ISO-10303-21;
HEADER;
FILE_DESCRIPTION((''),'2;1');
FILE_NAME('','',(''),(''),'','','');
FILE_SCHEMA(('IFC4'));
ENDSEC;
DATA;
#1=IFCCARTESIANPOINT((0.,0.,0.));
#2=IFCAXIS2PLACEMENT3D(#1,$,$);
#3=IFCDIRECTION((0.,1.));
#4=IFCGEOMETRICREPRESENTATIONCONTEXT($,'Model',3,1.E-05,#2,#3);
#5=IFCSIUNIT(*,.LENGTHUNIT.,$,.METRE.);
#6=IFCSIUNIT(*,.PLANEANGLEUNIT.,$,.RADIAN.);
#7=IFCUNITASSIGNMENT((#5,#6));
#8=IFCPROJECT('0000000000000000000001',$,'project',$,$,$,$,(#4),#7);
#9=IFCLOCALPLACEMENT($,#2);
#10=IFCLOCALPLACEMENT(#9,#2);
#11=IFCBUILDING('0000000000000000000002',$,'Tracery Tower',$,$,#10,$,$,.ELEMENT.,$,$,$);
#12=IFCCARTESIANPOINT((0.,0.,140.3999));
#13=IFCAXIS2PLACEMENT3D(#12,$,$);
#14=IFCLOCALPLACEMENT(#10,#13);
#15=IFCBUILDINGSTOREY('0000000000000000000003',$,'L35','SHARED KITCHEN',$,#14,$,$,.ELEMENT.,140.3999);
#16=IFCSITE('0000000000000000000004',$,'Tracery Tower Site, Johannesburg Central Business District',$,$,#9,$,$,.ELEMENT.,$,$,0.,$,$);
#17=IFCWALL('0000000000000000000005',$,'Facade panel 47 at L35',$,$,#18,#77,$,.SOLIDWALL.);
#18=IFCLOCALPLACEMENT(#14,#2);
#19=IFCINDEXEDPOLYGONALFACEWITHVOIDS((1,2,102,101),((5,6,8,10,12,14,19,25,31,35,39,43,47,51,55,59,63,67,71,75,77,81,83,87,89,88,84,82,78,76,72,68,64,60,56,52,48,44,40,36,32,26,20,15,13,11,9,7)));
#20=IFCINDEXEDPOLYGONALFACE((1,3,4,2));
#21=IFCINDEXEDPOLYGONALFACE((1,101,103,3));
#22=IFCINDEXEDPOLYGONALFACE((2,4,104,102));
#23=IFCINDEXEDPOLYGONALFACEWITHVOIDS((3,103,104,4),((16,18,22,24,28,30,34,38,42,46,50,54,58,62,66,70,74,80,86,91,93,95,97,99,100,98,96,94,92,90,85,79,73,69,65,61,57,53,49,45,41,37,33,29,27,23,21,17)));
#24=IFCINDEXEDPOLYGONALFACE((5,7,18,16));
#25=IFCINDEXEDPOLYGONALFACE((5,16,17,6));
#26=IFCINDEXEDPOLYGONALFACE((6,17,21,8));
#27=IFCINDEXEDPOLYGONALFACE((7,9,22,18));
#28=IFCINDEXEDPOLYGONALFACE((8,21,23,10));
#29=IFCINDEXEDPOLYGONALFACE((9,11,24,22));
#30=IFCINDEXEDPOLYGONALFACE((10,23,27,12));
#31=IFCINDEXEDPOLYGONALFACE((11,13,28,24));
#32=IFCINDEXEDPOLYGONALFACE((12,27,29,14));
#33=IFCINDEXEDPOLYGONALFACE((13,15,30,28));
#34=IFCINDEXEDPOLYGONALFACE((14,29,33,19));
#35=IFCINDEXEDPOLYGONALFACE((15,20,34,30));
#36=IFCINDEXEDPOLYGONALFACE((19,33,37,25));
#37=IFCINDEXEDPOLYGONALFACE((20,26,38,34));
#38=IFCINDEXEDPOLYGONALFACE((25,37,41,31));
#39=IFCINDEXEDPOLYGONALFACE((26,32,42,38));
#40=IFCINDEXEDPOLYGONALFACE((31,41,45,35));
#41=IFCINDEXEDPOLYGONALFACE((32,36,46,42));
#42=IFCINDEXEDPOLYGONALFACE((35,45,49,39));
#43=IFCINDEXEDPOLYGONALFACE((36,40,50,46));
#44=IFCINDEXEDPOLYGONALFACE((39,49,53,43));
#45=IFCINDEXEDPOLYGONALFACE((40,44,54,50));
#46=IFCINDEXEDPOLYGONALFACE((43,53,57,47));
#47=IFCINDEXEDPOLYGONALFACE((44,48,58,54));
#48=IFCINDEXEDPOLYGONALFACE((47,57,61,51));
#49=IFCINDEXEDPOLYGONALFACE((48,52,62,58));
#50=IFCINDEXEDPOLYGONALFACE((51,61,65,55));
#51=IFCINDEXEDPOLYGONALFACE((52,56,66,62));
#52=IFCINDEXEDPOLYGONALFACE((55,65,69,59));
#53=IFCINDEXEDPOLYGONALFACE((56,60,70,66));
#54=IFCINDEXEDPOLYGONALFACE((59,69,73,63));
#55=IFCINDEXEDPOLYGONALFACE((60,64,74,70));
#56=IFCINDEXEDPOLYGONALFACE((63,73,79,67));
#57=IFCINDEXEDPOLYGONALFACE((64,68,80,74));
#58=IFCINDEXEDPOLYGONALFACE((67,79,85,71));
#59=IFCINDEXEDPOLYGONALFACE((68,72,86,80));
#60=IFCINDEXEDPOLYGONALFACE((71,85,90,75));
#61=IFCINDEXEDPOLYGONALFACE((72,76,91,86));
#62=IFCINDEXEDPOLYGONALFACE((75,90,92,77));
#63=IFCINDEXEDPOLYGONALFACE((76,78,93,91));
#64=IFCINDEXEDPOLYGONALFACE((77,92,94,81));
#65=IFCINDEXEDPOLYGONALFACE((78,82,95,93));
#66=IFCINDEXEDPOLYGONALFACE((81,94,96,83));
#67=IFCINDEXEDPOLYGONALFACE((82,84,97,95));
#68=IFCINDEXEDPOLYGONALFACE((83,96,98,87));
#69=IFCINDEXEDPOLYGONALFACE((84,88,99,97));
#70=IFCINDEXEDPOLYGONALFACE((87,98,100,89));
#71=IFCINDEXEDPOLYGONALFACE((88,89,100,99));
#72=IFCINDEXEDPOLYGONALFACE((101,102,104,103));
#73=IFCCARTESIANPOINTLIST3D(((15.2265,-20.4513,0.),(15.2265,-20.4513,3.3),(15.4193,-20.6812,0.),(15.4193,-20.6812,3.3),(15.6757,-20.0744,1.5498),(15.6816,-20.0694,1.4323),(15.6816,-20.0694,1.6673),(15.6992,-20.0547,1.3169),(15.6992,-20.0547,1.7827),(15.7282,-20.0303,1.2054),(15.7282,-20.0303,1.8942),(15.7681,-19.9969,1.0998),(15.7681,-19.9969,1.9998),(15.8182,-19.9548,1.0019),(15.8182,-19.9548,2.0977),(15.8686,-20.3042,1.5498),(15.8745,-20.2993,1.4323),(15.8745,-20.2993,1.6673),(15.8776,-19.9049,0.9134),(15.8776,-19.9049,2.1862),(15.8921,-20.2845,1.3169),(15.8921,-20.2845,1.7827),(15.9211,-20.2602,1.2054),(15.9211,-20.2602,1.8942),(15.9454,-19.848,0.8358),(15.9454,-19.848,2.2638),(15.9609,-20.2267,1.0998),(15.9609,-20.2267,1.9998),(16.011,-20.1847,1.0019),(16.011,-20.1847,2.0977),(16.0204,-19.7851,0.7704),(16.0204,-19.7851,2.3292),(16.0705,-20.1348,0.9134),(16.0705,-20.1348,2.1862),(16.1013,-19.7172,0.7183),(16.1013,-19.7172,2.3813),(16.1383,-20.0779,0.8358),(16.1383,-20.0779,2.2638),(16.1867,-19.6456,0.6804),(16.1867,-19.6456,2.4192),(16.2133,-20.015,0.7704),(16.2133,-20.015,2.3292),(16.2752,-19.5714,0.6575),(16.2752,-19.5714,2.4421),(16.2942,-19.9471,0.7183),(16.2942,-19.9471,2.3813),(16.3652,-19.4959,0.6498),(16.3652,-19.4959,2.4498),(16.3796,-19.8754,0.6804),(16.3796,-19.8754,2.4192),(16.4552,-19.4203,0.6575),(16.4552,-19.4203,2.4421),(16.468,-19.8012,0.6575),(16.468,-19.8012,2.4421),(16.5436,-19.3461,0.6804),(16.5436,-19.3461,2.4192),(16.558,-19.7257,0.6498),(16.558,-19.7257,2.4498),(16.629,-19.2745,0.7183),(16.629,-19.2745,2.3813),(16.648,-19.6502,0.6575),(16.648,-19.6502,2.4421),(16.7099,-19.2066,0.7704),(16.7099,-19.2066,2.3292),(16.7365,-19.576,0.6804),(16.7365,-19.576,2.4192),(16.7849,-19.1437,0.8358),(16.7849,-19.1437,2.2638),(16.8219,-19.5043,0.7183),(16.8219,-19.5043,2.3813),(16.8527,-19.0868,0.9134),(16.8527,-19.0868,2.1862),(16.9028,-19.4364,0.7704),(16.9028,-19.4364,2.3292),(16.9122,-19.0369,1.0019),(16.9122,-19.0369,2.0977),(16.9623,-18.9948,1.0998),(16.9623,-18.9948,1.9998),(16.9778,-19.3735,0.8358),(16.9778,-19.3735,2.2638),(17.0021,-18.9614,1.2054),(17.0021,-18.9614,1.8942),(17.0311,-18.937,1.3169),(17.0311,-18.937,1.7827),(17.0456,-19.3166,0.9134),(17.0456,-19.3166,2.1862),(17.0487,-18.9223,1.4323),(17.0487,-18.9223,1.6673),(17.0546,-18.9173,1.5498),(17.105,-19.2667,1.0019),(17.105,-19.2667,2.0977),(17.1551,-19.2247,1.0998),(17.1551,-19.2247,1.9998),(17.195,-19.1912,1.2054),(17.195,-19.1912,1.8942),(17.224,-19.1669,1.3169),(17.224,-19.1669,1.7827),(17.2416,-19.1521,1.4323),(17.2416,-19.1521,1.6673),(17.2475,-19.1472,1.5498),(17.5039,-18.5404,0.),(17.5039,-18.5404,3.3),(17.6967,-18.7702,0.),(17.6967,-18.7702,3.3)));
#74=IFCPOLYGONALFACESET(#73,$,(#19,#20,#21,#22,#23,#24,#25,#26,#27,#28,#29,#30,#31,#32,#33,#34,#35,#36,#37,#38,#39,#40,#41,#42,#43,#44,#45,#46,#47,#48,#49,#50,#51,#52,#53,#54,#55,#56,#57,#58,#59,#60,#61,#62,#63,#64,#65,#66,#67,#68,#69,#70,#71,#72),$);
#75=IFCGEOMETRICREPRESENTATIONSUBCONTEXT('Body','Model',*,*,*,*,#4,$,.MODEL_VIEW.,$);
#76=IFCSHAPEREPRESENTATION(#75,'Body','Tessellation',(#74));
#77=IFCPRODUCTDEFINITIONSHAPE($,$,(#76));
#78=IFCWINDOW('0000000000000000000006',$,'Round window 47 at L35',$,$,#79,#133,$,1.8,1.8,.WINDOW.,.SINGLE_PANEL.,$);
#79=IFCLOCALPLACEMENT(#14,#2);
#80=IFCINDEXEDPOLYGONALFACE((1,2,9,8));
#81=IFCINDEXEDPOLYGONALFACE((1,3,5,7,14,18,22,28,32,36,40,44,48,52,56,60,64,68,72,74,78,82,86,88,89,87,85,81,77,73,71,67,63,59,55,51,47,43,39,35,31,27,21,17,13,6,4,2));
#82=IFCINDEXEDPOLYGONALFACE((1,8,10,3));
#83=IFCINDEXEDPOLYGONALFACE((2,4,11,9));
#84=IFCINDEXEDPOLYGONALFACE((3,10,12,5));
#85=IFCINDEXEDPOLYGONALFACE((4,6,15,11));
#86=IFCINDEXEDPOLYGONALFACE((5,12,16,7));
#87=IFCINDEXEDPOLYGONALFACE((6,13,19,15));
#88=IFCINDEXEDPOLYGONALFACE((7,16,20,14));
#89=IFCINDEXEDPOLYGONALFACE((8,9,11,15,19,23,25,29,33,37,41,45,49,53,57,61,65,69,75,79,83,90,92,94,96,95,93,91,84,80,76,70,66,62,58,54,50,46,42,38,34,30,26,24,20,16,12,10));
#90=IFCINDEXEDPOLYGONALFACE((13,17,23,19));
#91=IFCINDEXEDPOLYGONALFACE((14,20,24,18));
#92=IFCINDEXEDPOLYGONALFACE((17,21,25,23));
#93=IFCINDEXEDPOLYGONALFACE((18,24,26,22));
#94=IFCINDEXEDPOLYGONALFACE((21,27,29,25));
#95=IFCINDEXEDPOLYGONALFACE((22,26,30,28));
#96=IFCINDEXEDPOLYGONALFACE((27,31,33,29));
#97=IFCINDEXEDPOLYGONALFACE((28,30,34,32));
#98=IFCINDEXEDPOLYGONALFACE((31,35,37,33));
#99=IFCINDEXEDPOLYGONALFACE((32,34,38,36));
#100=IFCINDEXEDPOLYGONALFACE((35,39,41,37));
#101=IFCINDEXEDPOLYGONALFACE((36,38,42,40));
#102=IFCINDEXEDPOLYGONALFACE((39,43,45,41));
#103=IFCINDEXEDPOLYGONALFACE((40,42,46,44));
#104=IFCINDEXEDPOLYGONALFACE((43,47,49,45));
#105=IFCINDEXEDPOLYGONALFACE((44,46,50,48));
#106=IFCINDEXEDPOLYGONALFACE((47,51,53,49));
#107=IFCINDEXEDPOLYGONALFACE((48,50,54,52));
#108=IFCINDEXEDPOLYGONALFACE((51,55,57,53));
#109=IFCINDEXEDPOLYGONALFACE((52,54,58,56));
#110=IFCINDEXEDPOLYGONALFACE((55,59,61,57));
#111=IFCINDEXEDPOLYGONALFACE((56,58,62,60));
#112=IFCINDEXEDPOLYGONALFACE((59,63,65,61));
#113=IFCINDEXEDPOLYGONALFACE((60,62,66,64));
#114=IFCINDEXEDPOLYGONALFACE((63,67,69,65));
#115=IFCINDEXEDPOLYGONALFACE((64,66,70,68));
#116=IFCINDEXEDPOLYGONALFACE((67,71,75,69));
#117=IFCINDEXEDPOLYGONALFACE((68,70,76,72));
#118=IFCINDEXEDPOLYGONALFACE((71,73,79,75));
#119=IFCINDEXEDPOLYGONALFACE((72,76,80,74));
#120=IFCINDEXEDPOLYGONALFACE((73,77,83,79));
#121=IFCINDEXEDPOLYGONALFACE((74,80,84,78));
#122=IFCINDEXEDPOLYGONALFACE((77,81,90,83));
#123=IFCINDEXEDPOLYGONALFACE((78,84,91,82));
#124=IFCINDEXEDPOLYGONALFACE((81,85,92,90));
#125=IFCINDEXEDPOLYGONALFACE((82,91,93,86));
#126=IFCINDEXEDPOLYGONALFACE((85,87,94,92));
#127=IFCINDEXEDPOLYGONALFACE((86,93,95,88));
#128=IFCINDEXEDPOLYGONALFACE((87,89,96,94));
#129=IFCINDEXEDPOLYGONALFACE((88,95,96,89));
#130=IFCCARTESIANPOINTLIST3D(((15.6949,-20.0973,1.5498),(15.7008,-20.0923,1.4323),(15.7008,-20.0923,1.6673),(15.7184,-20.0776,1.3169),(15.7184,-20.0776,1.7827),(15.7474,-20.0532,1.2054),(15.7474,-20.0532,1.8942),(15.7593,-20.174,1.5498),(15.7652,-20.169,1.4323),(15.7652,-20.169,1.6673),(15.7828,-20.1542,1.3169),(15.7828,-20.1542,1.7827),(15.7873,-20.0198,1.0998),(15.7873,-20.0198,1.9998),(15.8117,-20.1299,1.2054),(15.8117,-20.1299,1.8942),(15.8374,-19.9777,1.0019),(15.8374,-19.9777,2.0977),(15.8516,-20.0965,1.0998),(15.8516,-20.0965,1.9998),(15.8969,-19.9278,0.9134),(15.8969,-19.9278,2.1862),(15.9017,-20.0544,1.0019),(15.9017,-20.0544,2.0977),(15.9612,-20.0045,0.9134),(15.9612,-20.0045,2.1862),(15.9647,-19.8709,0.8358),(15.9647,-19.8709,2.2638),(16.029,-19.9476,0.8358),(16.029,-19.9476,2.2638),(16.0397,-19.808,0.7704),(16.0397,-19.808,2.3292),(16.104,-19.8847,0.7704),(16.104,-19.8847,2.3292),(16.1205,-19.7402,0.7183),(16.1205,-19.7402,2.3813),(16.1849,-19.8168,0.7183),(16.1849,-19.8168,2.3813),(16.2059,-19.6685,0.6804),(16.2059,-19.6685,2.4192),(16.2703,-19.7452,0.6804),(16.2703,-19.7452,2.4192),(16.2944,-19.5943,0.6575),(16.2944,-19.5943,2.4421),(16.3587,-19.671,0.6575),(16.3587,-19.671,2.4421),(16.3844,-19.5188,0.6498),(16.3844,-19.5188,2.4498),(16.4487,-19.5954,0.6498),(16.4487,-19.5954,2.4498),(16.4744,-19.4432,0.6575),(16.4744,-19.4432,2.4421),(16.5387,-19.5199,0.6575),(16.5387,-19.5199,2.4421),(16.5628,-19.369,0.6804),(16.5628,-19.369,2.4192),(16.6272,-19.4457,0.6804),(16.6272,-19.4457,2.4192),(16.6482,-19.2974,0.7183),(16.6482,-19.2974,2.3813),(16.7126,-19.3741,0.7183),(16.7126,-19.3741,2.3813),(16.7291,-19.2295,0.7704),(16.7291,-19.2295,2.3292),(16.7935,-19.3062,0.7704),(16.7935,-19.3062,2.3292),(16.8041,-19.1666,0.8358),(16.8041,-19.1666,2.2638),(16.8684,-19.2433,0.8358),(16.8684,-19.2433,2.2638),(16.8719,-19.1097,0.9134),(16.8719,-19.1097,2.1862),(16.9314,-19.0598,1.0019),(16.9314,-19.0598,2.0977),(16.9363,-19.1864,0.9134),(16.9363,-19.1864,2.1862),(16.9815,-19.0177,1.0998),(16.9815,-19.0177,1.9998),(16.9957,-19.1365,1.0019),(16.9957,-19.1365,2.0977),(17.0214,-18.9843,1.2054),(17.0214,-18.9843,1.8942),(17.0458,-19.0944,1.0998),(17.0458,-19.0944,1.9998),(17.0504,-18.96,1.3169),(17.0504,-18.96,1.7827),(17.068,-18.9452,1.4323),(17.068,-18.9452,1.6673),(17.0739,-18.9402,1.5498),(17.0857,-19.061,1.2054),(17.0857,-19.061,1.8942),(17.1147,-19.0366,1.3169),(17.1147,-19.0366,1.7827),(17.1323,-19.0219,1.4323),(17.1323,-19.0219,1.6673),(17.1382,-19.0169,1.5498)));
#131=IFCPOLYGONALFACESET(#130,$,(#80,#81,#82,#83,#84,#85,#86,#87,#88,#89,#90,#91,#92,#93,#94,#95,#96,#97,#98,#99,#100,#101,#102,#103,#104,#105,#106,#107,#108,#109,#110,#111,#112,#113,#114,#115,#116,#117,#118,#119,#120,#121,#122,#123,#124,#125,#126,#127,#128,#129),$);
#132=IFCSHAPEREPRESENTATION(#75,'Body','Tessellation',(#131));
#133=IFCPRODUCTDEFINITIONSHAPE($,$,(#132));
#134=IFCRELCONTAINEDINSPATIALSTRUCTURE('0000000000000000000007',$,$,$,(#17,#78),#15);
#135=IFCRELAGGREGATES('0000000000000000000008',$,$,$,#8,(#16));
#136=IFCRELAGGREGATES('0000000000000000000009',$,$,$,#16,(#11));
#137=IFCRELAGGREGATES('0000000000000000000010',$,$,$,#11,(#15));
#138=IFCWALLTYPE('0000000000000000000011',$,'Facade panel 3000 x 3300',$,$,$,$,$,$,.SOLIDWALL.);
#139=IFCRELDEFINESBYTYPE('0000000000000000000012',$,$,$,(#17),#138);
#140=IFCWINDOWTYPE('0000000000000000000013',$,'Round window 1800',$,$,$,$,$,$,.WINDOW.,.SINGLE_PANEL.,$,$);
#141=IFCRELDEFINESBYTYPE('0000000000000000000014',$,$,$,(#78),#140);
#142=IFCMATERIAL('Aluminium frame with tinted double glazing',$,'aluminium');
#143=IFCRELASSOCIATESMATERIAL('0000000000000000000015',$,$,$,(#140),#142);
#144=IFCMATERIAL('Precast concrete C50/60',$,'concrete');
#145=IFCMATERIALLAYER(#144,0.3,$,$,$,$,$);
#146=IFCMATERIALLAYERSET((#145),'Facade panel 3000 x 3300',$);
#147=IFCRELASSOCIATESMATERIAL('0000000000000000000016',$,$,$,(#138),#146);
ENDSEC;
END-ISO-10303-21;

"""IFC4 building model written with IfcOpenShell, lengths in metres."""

from ifc_helpers import new_model, si_unit, direction, frame, frame_2d, origin, origin_2d, place, context, subcontext, project, spatial, rectangle, circle, extrude, material, layer, layer_set, type_object, element, fill, save


model = new_model("IFC4")

# Units and contexts
model_context = context("Model", 3, precision=1e-05, world=origin(), true_north=direction((0.0, 1.0)))
body_context = subcontext(model_context, "Body", "Model", "MODEL_VIEW")
ifc_project = project(units=[si_unit("LENGTHUNIT", "METRE"), si_unit("PLANEANGLEUNIT", "RADIAN")], contexts=[model_context])

# Site, building, storey
site_placement = place(None, origin())
site = spatial("IfcSite", under=ifc_project, at=site_placement, Name="Tracery Tower Site, Johannesburg Central Business District", CompositionType="ELEMENT", RefElevation=0.0)
building_placement = place(site_placement, origin())
building = spatial("IfcBuilding", under=site, at=building_placement, Name="Tracery Tower", CompositionType="ELEMENT")
storey_placement = place(building_placement, frame((0.0, 0.0, 140.3999)))
storey = spatial("IfcBuildingStorey", under=building, at=storey_placement, Name="L35", Description="SHARED KITCHEN", CompositionType="ELEMENT", Elevation=140.3999)

# Wall, opening, window
ifc_material_1 = material(Name="Aluminium frame with tinted double glazing", Category="aluminium")
window_type = type_object("IfcWindowType", Name="Round window 1800", PartitioningType="SINGLE_PANEL", PredefinedType="WINDOW", material=ifc_material_1)
ifc_material_2 = material(Name="Precast concrete C50/60", Category="concrete")
ifc_layer_1 = layer(ifc_material_2, 0.3)
ifc_layer_set_1 = layer_set([ifc_layer_1], Name="Facade panel 3000 x 3300")
wall_type_1 = type_object("IfcWallType", Name="Facade panel 3000 x 3300", PredefinedType="SOLIDWALL", material=ifc_layer_set_1)
wall_1_placement = place(storey_placement, frame((15.323, -20.5662, 0.0), z_axis=(0.0, 0.0, 1.0), x_axis=(0.766049, 0.642782, 0.0)))
wall_1 = element("IfcWall", 1, at=wall_1_placement, inside=storey, type_object=wall_type_1, Name="Facade panel 47 at L35", PredefinedType="SOLIDWALL", context=body_context, shape_type="SweptSolid", body=[
    extrude(rectangle(XDim=2.9729, YDim=0.3, at=frame_2d((1.4863, 0.0))), origin(), (0.0, 0.0, 1.0), 3.3),
])
opening_1_placement = place(wall_1_placement, frame((1.4863, 0.0, 1.5498)))
opening_1 = element("IfcOpeningElement", 2, at=opening_1_placement, cuts=wall_1, PredefinedType="OPENING", context=body_context, shape_type="SweptSolid", body=[
    extrude(circle(Radius=0.9, at=origin_2d()), frame((0.0, 0.1599, 0.0), z_axis=(0.0, -1.0, 0.0), x_axis=(1.0, 0.0, 0.0)), (0.0, 0.0, 1.0), 0.3201),
])
window_1_placement = place(opening_1_placement, origin())
window_1 = element("IfcWindow", 3, at=window_1_placement, inside=storey, type_object=window_type, Name="Round window 47 at L35", OverallHeight=1.8, OverallWidth=1.8, PartitioningType="SINGLE_PANEL", PredefinedType="WINDOW", context=body_context, shape_type="SweptSolid", body=[
    extrude(circle(Radius=0.9, at=origin_2d()), frame((0.0, 0.1201, 0.0), z_axis=(0.0, -1.0, 0.0), x_axis=(1.0, 0.0, 0.0)), (0.0, 0.0, 1.0), 0.1001),
])
fill(opening_1, window_1)

save(model, "model.ifc")
